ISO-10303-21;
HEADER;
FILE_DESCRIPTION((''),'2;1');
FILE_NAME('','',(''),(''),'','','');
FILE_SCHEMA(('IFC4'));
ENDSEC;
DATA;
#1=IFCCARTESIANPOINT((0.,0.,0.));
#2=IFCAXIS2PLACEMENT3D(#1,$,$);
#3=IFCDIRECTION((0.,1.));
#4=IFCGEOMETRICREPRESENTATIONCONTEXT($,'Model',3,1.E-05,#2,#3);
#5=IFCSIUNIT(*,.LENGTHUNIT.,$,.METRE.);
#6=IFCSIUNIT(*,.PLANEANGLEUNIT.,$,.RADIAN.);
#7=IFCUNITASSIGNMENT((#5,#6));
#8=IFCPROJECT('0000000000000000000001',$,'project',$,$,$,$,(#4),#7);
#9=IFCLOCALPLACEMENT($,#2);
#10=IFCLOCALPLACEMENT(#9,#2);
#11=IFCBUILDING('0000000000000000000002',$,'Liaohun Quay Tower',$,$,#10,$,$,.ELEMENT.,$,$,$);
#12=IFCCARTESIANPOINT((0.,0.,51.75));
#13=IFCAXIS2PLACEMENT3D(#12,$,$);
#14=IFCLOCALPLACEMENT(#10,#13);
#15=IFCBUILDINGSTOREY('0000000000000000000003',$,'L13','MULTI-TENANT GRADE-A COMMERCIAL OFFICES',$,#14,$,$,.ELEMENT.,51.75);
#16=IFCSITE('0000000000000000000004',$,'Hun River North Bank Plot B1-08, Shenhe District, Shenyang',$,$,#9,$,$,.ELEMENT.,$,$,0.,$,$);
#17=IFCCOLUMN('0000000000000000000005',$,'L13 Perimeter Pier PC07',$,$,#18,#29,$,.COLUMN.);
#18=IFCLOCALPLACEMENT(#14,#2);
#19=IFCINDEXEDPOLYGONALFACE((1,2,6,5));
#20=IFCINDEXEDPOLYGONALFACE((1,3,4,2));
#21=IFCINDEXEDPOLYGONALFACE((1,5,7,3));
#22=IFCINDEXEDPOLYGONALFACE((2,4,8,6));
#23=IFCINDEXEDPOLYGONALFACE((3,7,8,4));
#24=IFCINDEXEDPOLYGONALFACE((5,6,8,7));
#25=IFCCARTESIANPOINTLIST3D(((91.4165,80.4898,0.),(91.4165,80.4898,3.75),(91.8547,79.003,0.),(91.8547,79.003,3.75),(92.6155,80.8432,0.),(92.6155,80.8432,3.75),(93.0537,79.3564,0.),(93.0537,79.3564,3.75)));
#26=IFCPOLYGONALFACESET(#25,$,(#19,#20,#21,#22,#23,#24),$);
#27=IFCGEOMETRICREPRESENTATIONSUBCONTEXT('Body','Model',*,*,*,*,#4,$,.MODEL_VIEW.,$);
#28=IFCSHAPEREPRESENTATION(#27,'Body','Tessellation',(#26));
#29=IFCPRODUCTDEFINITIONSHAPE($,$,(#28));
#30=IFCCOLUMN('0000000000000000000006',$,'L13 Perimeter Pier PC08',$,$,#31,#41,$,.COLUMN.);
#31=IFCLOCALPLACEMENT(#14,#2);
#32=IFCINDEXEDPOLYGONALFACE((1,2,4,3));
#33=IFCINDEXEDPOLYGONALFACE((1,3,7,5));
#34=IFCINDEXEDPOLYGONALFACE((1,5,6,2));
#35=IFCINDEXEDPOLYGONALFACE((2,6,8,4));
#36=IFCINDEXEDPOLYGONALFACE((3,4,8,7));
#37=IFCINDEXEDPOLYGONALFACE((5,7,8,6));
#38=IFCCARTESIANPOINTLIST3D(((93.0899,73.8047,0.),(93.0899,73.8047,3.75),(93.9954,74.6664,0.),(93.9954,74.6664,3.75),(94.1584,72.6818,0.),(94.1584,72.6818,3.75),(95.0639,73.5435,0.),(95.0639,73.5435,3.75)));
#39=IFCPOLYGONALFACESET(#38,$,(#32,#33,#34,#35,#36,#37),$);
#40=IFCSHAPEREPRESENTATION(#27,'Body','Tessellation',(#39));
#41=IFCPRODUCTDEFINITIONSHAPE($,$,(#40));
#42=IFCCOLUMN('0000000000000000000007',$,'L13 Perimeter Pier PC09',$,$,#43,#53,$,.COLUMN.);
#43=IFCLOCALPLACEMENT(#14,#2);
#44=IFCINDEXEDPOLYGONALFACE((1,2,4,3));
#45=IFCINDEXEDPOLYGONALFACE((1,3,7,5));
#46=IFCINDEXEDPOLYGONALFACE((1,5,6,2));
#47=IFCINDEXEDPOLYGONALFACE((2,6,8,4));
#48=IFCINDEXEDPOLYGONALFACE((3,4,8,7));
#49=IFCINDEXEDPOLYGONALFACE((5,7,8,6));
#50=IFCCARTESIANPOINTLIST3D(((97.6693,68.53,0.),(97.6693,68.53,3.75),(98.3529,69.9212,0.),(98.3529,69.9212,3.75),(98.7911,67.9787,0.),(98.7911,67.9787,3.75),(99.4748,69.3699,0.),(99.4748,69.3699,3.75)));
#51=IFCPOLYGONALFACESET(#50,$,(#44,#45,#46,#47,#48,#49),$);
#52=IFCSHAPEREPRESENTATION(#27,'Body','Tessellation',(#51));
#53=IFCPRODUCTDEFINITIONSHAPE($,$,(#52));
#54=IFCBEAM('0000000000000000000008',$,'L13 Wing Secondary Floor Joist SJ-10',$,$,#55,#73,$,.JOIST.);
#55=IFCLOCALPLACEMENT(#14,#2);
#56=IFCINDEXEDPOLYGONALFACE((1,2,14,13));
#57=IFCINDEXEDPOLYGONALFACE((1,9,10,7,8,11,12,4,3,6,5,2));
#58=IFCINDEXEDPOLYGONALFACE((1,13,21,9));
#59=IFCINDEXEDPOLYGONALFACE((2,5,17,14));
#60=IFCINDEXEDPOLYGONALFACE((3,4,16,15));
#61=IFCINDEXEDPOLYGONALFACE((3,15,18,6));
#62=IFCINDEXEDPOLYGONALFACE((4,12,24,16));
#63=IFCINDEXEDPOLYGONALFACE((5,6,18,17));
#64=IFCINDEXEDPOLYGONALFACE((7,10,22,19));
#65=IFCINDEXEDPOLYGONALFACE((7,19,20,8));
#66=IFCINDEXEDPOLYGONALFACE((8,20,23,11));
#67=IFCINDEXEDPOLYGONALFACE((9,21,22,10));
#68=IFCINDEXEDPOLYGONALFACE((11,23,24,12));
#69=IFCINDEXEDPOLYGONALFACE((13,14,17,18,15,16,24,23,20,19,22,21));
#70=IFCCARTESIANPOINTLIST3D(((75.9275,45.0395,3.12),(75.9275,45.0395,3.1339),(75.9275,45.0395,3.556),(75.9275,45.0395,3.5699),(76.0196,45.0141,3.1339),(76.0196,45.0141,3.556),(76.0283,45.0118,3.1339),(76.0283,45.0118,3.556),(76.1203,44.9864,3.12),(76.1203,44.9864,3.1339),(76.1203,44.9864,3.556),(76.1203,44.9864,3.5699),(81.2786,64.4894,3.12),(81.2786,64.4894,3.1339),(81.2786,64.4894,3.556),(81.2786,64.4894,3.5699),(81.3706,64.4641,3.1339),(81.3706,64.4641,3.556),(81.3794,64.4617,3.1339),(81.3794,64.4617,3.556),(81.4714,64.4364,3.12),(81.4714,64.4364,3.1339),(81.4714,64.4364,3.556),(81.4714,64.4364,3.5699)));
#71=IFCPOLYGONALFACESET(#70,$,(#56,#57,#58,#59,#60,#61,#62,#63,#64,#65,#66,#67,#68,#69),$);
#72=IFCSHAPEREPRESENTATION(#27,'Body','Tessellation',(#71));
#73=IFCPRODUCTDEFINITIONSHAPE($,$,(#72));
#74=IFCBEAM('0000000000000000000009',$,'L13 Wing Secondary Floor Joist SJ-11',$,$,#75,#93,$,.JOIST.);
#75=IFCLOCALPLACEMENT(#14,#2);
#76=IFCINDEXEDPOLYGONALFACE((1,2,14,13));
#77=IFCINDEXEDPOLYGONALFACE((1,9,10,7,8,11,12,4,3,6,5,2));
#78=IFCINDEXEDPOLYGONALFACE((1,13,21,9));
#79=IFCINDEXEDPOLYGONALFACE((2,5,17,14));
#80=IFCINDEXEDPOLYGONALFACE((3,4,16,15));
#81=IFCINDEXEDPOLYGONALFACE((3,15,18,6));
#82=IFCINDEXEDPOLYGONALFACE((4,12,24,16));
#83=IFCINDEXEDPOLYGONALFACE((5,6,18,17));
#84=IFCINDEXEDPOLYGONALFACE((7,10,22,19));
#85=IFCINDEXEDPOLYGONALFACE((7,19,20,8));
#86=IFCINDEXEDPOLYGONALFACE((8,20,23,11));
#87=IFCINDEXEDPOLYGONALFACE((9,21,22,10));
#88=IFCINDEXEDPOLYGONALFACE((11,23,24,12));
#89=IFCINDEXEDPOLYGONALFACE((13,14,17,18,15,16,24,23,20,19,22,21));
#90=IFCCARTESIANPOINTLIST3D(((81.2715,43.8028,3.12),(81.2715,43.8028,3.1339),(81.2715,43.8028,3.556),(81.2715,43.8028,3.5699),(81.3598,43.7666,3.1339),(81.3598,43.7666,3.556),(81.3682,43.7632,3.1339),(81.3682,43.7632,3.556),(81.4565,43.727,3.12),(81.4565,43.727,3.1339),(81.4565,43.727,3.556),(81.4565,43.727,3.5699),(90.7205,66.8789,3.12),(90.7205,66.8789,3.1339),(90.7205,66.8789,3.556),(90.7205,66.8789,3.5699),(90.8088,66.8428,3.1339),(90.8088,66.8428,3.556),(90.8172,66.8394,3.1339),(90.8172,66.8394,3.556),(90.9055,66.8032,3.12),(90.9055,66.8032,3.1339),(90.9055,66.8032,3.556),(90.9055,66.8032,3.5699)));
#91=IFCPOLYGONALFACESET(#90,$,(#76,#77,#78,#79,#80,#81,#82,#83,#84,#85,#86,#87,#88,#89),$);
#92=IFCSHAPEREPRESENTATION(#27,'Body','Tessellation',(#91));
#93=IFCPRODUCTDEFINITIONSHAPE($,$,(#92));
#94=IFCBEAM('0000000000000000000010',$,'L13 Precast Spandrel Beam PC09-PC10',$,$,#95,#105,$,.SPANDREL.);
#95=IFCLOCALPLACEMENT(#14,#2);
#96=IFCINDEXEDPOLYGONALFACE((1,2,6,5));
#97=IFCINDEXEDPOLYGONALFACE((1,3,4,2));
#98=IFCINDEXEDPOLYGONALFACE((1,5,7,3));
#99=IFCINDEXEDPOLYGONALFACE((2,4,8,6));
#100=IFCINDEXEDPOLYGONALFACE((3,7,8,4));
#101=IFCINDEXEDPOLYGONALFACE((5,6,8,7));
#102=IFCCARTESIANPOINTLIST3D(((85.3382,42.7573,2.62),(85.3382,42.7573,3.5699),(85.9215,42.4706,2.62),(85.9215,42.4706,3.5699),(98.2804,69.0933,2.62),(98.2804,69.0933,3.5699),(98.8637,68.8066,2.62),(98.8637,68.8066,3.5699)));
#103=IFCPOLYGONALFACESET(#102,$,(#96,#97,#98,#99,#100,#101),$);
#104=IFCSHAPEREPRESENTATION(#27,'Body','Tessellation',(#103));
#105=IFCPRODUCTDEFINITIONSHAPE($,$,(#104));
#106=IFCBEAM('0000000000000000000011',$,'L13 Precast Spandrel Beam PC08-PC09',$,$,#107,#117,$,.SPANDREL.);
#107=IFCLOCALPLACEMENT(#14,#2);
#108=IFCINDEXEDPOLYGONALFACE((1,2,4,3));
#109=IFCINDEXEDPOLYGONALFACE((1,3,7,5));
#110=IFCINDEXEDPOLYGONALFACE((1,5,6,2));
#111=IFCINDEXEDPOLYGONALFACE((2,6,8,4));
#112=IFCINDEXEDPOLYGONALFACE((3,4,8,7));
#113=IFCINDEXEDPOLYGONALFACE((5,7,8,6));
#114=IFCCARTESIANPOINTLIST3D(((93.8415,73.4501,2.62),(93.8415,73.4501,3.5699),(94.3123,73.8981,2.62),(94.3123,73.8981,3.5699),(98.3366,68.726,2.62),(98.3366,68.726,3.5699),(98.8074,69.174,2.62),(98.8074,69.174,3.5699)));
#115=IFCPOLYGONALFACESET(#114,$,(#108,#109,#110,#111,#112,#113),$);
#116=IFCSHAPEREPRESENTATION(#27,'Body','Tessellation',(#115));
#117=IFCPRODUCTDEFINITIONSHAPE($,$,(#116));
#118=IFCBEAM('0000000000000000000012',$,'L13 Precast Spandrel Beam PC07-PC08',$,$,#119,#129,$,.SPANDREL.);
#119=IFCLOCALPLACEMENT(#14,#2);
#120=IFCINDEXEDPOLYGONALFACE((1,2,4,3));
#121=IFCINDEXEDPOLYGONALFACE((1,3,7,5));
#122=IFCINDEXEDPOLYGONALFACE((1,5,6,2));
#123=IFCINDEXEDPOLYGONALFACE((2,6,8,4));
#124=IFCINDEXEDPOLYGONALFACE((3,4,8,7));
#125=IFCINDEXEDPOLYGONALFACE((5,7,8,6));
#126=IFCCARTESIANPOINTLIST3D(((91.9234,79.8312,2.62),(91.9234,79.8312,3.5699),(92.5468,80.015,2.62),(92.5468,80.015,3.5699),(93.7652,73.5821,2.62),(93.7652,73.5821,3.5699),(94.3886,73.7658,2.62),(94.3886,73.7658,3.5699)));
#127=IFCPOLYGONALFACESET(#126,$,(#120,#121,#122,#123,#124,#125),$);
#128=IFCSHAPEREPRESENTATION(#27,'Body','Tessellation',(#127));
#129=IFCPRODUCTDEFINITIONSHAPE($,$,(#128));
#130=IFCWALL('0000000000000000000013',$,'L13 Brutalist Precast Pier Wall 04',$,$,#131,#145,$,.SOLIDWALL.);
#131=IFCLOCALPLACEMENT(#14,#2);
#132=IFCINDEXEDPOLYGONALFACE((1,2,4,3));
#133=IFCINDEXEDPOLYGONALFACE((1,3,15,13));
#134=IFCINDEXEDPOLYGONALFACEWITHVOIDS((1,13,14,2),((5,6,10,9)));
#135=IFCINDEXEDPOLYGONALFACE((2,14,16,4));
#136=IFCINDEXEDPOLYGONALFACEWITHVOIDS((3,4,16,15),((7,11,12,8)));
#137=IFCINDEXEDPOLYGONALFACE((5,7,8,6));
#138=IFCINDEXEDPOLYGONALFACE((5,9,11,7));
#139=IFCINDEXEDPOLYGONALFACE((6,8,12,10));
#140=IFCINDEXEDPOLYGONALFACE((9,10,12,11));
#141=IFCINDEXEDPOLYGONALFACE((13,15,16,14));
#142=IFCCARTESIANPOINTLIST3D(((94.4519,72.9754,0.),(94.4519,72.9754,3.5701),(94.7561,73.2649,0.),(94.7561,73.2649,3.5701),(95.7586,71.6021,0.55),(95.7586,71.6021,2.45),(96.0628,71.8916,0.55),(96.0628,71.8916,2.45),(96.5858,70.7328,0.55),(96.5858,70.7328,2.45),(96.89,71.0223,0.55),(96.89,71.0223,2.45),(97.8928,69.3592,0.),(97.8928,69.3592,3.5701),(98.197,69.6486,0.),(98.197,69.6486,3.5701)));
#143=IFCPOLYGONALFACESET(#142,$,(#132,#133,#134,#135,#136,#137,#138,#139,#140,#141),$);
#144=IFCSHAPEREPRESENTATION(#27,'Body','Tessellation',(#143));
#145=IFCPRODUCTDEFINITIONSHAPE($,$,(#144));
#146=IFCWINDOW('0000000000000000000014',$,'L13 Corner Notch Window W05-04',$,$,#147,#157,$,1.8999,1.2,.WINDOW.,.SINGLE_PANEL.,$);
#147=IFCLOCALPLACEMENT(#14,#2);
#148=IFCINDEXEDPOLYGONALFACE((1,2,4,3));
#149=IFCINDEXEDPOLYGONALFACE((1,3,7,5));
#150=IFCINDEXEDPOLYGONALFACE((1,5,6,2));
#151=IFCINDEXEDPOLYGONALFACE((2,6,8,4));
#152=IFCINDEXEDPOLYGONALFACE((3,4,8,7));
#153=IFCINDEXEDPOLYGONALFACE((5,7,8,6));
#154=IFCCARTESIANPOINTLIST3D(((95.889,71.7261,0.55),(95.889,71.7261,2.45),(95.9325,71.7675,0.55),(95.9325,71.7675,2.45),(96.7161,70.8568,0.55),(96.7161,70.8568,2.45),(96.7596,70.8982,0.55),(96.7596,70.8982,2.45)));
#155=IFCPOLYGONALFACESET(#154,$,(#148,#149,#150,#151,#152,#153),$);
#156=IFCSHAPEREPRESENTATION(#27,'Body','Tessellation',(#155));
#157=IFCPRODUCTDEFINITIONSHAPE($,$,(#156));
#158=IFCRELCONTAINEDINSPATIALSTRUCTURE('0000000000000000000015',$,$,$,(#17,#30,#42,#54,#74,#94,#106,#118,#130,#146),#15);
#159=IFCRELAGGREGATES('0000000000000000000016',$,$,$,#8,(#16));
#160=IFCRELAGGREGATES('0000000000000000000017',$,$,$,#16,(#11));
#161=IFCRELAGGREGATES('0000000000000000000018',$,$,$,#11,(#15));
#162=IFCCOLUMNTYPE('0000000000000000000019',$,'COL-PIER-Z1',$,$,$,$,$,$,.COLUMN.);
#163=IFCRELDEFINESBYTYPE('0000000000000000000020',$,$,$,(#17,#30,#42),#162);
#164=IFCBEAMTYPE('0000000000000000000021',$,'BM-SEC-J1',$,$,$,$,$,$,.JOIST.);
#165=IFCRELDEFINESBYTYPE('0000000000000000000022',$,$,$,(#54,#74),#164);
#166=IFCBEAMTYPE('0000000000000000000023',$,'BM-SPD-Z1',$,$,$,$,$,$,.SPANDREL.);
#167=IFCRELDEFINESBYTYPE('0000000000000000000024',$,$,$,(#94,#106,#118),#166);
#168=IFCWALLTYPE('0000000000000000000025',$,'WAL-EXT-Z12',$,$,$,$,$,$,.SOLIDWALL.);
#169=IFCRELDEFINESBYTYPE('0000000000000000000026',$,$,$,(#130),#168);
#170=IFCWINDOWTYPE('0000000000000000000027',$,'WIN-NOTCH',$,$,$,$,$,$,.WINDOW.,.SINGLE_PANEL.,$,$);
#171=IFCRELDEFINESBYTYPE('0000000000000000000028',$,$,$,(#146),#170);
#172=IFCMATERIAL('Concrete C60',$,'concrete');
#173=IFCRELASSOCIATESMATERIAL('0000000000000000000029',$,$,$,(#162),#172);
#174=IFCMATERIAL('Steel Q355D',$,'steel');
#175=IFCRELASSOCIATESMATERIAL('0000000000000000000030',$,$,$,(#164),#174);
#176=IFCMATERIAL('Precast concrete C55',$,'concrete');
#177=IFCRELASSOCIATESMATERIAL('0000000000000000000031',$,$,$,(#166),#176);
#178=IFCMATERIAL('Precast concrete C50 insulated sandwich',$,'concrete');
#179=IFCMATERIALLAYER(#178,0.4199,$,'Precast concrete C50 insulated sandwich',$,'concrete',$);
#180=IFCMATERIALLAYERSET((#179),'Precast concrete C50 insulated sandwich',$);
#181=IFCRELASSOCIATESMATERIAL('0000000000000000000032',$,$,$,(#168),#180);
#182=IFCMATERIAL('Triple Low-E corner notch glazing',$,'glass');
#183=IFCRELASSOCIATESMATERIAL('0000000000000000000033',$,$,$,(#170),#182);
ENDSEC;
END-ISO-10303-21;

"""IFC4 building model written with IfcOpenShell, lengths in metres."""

from ifc_helpers import new_model, si_unit, direction, frame, frame_2d, origin, origin_2d, place, context, subcontext, project, spatial, rectangle, i_section, extrude, source, transform, mapped, material, layer, layer_set, material_profile, profile_set, type_object, element, fill, save


model = new_model("IFC4")

# Units and contexts
model_context = context("Model", 3, precision=1e-05, world=origin(), true_north=direction((0.0, 1.0)))
body_context = subcontext(model_context, "Body", "Model", "MODEL_VIEW")
ifc_project = project(units=[si_unit("LENGTHUNIT", "METRE"), si_unit("PLANEANGLEUNIT", "RADIAN")], contexts=[model_context])

# Site, building, storey
site_placement = place(None, origin())
site = spatial("IfcSite", under=ifc_project, at=site_placement, Name="Hun River North Bank Plot B1-08, Shenhe District, Shenyang", CompositionType="ELEMENT", RefElevation=0.0)
building_placement = place(site_placement, origin())
building = spatial("IfcBuilding", under=site, at=building_placement, Name="Liaohun Quay Tower", CompositionType="ELEMENT")
storey_placement = place(building_placement, frame((0.0, 0.0, 51.75)))
storey = spatial("IfcBuildingStorey", under=building, at=storey_placement, Name="L13", Description="MULTI-TENANT GRADE-A COMMERCIAL OFFICES", CompositionType="ELEMENT", Elevation=51.75)

# Columns
ifc_material_1 = material(Name="Concrete C60", Category="concrete")
ifc_material_profile_1 = material_profile(ifc_material_1, rectangle(XDim=1.55, YDim=1.25, at=origin_2d()), Name="RC1550x1250")
ifc_profile_set_1 = profile_set([ifc_material_profile_1], Name="Concrete C60")
column_type = type_object("IfcColumnType", Name="COL-PIER-Z1", PredefinedType="COLUMN", material=ifc_profile_set_1)
shared_shape_1 = source(origin(), body_context, "Body", "SweptSolid", [
    extrude(rectangle(XDim=1.55, YDim=1.25, at=origin_2d()), origin(), (0.0, 0.0, 1.0), 3.75),
])
for number, where, z_axis, x_axis, name in (
    (1, (92.2351, 79.9231, 0.0), (0.0, 0.0, 1.0), (-0.282676, 0.959215, 0.0), "L13 Perimeter Pier PC07"),
    (2, (94.0769, 73.6741, 0.0), (0.0, 0.0, 1.0), (-0.689367, 0.724413, 0.0), "L13 Perimeter Pier PC08"),
    (3, (98.572, 68.95, 0.0), (0.0, 0.0, 1.0), (0.441036, 0.897489, 0.0), "L13 Perimeter Pier PC09"),
):
    element("IfcColumn", number, at=place(storey_placement, frame(where, z_axis=z_axis, x_axis=x_axis)), inside=storey, type_object=column_type, Name=name, PredefinedType="COLUMN", context=body_context, shape_type="MappedRepresentation", body=[
        mapped(shared_shape_1, transform((0.0, 0.0, 0.0), x_axis=(1.0, 0.0, 0.0), y_axis=(0.0, 1.0, 0.0), z_axis=(0.0, 0.0, 1.0), scale=1.0)),
    ])

# Beams
ifc_material_2 = material(Name="Steel Q355D", Category="steel")
ifc_material_profile_2 = material_profile(ifc_material_2, i_section(OverallWidth=0.2, OverallDepth=0.45, WebThickness=0.009, FlangeThickness=0.0139, at=origin_2d()), Name="HN450x200x9x14")
ifc_profile_set_2 = profile_set([ifc_material_profile_2], Name="Steel Q355D")
beam_type_1 = type_object("IfcBeamType", Name="BM-SEC-J1", PredefinedType="JOIST", material=ifc_profile_set_2)
shared_shape_2 = source(origin(), body_context, "Body", "SweptSolid", [
    extrude(i_section(OverallWidth=0.2, OverallDepth=0.45, WebThickness=0.009, FlangeThickness=0.0139, at=origin_2d()), origin(), (0.0, 0.0, 1.0), 20.1726),
])
beam_1_placement = place(storey_placement, frame((81.375, 64.4629, 3.345), z_axis=(-0.265264, -0.964176, 0.0), x_axis=(0.964176, -0.265264, 0.0)))
element("IfcBeam", 4, at=beam_1_placement, inside=storey, type_object=beam_type_1, Name="L13 Wing Secondary Floor Joist SJ-10", PredefinedType="JOIST", context=body_context, shape_type="MappedRepresentation", body=[
    mapped(shared_shape_2, transform((0.0, 0.0, 0.0), x_axis=(1.0, 0.0, 0.0), y_axis=(0.0, 1.0, 0.0), z_axis=(0.0, 0.0, 1.0), scale=1.0)),
])
shared_shape_3 = source(origin(), body_context, "Body", "SweptSolid", [
    extrude(i_section(OverallWidth=0.2, OverallDepth=0.45, WebThickness=0.009, FlangeThickness=0.0139, at=origin_2d()), origin(), (0.0, 0.0, 1.0), 24.9358),
])
beam_2_placement = place(storey_placement, frame((90.813, 66.8411, 3.345), z_axis=(-0.378932, -0.925424, 0.0), x_axis=(0.925424, -0.378932, 0.0)))
element("IfcBeam", 5, at=beam_2_placement, inside=storey, type_object=beam_type_1, Name="L13 Wing Secondary Floor Joist SJ-11", PredefinedType="JOIST", context=body_context, shape_type="MappedRepresentation", body=[
    mapped(shared_shape_3, transform((0.0, 0.0, 0.0), x_axis=(1.0, 0.0, 0.0), y_axis=(0.0, 1.0, 0.0), z_axis=(0.0, 0.0, 1.0), scale=1.0)),
])
ifc_material_3 = material(Name="Precast concrete C55", Category="concrete")
ifc_material_profile_3 = material_profile(ifc_material_3, rectangle(XDim=0.6499, YDim=0.95, at=origin_2d()), Name="RC650x950")
ifc_profile_set_3 = profile_set([ifc_material_profile_3], Name="Precast concrete C55")
beam_type_2 = type_object("IfcBeamType", Name="BM-SPD-Z1", PredefinedType="SPANDREL", material=ifc_profile_set_3)
shared_shape_4 = source(origin(), body_context, "Body", "SweptSolid", [
    extrude(rectangle(XDim=0.6499, YDim=0.95, at=origin_2d()), origin(), (0.0, 0.0, 1.0), 29.3442),
])
beam_3_placement = place(storey_placement, frame((98.572, 68.95, 3.095), z_axis=(-0.441046, -0.897484, 0.0), x_axis=(0.897484, -0.441046, 0.0)))
element("IfcBeam", 6, at=beam_3_placement, inside=storey, type_object=beam_type_2, Name="L13 Precast Spandrel Beam PC09-PC10", PredefinedType="SPANDREL", context=body_context, shape_type="MappedRepresentation", body=[
    mapped(shared_shape_4, transform((0.0, 0.0, 0.0), x_axis=(1.0, 0.0, 0.0), y_axis=(0.0, 1.0, 0.0), z_axis=(0.0, 0.0, 1.0), scale=1.0)),
])
shared_shape_5 = source(origin(), body_context, "Body", "SweptSolid", [
    extrude(rectangle(XDim=0.6499, YDim=0.95, at=origin_2d()), origin(), (0.0, 0.0, 1.0), 6.521),
])
beam_4_placement = place(storey_placement, frame((94.0769, 73.6741, 3.095), z_axis=(0.68933, -0.724448, 0.0), x_axis=(0.724448, 0.68933, 0.0)))
element("IfcBeam", 7, at=beam_4_placement, inside=storey, type_object=beam_type_2, Name="L13 Precast Spandrel Beam PC08-PC09", PredefinedType="SPANDREL", context=body_context, shape_type="MappedRepresentation", body=[
    mapped(shared_shape_5, transform((0.0, 0.0, 0.0), x_axis=(1.0, 0.0, 0.0), y_axis=(0.0, 1.0, 0.0), z_axis=(0.0, 0.0, 1.0), scale=1.0)),
])
shared_shape_6 = source(origin(), body_context, "Body", "SweptSolid", [
    extrude(rectangle(XDim=0.6499, YDim=0.95, at=origin_2d()), origin(), (0.0, 0.0, 1.0), 6.5149),
])
beam_5_placement = place(storey_placement, frame((92.2351, 79.9231, 3.095), z_axis=(0.28271, -0.959205, 0.0), x_axis=(0.959205, 0.28271, 0.0)))
element("IfcBeam", 8, at=beam_5_placement, inside=storey, type_object=beam_type_2, Name="L13 Precast Spandrel Beam PC07-PC08", PredefinedType="SPANDREL", context=body_context, shape_type="MappedRepresentation", body=[
    mapped(shared_shape_6, transform((0.0, 0.0, 0.0), x_axis=(1.0, 0.0, 0.0), y_axis=(0.0, 1.0, 0.0), z_axis=(0.0, 0.0, 1.0), scale=1.0)),
])

# Wall, opening, window
ifc_material_4 = material(Name="Precast concrete C50 insulated sandwich", Category="concrete")
ifc_layer_1 = layer(ifc_material_4, 0.4199, Name="Precast concrete C50 insulated sandwich", Category="concrete")
ifc_layer_set_1 = layer_set([ifc_layer_1], Name="Precast concrete C50 insulated sandwich")
wall_type_1 = type_object("IfcWallType", Name="WAL-EXT-Z12", PredefinedType="SOLIDWALL", material=ifc_layer_set_1)
wall_1_placement = place(storey_placement, frame((98.0449, 69.5039, 0.0), z_axis=(0.0, 0.0, 1.0), x_axis=(-0.68933, 0.724447, 0.0)))
wall_1 = element("IfcWall", 9, at=wall_1_placement, inside=storey, type_object=wall_type_1, Name="L13 Brutalist Precast Pier Wall 04", PredefinedType="SOLIDWALL", context=body_context, shape_type="SweptSolid", body=[
    extrude(rectangle(XDim=4.9917, YDim=0.4199, at=frame_2d((2.4958, 0.0))), origin(), (0.0, 0.0, 1.0), 3.5701),
])
shared_shape_7 = source(origin(), body_context, "Body", "SweptSolid", [
    extrude(rectangle(XDim=1.2, YDim=1.8999, at=frame_2d((0.6001, 0.95))), frame((0.0, 0.22, 0.0), z_axis=(0.0, -1.0, 0.0), x_axis=(1.0, 0.0, 0.0)), (0.0, 0.0, 1.0), 0.4399),
])
opening_1_placement = place(wall_1_placement, frame((1.896, 0.0, 0.55)))
opening_1 = element("IfcOpeningElement", 10, at=opening_1_placement, cuts=wall_1, PredefinedType="OPENING", context=body_context, shape_type="MappedRepresentation", body=[
    mapped(shared_shape_7, transform((0.0, 0.0, 0.0), x_axis=(1.0, 0.0, 0.0), y_axis=(0.0, 1.0, 0.0), z_axis=(0.0, 0.0, 1.0), scale=1.0)),
])
ifc_material_5 = material(Name="Triple Low-E corner notch glazing", Category="glass")
window_type_1 = type_object("IfcWindowType", Name="WIN-NOTCH", PartitioningType="SINGLE_PANEL", PredefinedType="WINDOW", material=ifc_material_5)
shared_shape_8 = source(origin(), body_context, "Body", "SweptSolid", [
    extrude(rectangle(XDim=1.2, YDim=1.8999, at=frame_2d((0.6001, 0.95))), frame((0.0, 0.03, 0.0), z_axis=(0.0, -1.0, 0.0), x_axis=(1.0, 0.0, 0.0)), (0.0, 0.0, 1.0), 0.0601),
])
window_1_placement = place(opening_1_placement, origin())
window_1 = element("IfcWindow", 11, at=window_1_placement, inside=storey, type_object=window_type_1, Name="L13 Corner Notch Window W05-04", OverallHeight=1.8999, OverallWidth=1.2, PartitioningType="SINGLE_PANEL", PredefinedType="WINDOW", context=body_context, shape_type="MappedRepresentation", body=[
    mapped(shared_shape_8, transform((0.0, 0.0, 0.0), x_axis=(1.0, 0.0, 0.0), y_axis=(0.0, 1.0, 0.0), z_axis=(0.0, 0.0, 1.0), scale=1.0)),
])
fill(opening_1, window_1)

save(model, "model.ifc")
